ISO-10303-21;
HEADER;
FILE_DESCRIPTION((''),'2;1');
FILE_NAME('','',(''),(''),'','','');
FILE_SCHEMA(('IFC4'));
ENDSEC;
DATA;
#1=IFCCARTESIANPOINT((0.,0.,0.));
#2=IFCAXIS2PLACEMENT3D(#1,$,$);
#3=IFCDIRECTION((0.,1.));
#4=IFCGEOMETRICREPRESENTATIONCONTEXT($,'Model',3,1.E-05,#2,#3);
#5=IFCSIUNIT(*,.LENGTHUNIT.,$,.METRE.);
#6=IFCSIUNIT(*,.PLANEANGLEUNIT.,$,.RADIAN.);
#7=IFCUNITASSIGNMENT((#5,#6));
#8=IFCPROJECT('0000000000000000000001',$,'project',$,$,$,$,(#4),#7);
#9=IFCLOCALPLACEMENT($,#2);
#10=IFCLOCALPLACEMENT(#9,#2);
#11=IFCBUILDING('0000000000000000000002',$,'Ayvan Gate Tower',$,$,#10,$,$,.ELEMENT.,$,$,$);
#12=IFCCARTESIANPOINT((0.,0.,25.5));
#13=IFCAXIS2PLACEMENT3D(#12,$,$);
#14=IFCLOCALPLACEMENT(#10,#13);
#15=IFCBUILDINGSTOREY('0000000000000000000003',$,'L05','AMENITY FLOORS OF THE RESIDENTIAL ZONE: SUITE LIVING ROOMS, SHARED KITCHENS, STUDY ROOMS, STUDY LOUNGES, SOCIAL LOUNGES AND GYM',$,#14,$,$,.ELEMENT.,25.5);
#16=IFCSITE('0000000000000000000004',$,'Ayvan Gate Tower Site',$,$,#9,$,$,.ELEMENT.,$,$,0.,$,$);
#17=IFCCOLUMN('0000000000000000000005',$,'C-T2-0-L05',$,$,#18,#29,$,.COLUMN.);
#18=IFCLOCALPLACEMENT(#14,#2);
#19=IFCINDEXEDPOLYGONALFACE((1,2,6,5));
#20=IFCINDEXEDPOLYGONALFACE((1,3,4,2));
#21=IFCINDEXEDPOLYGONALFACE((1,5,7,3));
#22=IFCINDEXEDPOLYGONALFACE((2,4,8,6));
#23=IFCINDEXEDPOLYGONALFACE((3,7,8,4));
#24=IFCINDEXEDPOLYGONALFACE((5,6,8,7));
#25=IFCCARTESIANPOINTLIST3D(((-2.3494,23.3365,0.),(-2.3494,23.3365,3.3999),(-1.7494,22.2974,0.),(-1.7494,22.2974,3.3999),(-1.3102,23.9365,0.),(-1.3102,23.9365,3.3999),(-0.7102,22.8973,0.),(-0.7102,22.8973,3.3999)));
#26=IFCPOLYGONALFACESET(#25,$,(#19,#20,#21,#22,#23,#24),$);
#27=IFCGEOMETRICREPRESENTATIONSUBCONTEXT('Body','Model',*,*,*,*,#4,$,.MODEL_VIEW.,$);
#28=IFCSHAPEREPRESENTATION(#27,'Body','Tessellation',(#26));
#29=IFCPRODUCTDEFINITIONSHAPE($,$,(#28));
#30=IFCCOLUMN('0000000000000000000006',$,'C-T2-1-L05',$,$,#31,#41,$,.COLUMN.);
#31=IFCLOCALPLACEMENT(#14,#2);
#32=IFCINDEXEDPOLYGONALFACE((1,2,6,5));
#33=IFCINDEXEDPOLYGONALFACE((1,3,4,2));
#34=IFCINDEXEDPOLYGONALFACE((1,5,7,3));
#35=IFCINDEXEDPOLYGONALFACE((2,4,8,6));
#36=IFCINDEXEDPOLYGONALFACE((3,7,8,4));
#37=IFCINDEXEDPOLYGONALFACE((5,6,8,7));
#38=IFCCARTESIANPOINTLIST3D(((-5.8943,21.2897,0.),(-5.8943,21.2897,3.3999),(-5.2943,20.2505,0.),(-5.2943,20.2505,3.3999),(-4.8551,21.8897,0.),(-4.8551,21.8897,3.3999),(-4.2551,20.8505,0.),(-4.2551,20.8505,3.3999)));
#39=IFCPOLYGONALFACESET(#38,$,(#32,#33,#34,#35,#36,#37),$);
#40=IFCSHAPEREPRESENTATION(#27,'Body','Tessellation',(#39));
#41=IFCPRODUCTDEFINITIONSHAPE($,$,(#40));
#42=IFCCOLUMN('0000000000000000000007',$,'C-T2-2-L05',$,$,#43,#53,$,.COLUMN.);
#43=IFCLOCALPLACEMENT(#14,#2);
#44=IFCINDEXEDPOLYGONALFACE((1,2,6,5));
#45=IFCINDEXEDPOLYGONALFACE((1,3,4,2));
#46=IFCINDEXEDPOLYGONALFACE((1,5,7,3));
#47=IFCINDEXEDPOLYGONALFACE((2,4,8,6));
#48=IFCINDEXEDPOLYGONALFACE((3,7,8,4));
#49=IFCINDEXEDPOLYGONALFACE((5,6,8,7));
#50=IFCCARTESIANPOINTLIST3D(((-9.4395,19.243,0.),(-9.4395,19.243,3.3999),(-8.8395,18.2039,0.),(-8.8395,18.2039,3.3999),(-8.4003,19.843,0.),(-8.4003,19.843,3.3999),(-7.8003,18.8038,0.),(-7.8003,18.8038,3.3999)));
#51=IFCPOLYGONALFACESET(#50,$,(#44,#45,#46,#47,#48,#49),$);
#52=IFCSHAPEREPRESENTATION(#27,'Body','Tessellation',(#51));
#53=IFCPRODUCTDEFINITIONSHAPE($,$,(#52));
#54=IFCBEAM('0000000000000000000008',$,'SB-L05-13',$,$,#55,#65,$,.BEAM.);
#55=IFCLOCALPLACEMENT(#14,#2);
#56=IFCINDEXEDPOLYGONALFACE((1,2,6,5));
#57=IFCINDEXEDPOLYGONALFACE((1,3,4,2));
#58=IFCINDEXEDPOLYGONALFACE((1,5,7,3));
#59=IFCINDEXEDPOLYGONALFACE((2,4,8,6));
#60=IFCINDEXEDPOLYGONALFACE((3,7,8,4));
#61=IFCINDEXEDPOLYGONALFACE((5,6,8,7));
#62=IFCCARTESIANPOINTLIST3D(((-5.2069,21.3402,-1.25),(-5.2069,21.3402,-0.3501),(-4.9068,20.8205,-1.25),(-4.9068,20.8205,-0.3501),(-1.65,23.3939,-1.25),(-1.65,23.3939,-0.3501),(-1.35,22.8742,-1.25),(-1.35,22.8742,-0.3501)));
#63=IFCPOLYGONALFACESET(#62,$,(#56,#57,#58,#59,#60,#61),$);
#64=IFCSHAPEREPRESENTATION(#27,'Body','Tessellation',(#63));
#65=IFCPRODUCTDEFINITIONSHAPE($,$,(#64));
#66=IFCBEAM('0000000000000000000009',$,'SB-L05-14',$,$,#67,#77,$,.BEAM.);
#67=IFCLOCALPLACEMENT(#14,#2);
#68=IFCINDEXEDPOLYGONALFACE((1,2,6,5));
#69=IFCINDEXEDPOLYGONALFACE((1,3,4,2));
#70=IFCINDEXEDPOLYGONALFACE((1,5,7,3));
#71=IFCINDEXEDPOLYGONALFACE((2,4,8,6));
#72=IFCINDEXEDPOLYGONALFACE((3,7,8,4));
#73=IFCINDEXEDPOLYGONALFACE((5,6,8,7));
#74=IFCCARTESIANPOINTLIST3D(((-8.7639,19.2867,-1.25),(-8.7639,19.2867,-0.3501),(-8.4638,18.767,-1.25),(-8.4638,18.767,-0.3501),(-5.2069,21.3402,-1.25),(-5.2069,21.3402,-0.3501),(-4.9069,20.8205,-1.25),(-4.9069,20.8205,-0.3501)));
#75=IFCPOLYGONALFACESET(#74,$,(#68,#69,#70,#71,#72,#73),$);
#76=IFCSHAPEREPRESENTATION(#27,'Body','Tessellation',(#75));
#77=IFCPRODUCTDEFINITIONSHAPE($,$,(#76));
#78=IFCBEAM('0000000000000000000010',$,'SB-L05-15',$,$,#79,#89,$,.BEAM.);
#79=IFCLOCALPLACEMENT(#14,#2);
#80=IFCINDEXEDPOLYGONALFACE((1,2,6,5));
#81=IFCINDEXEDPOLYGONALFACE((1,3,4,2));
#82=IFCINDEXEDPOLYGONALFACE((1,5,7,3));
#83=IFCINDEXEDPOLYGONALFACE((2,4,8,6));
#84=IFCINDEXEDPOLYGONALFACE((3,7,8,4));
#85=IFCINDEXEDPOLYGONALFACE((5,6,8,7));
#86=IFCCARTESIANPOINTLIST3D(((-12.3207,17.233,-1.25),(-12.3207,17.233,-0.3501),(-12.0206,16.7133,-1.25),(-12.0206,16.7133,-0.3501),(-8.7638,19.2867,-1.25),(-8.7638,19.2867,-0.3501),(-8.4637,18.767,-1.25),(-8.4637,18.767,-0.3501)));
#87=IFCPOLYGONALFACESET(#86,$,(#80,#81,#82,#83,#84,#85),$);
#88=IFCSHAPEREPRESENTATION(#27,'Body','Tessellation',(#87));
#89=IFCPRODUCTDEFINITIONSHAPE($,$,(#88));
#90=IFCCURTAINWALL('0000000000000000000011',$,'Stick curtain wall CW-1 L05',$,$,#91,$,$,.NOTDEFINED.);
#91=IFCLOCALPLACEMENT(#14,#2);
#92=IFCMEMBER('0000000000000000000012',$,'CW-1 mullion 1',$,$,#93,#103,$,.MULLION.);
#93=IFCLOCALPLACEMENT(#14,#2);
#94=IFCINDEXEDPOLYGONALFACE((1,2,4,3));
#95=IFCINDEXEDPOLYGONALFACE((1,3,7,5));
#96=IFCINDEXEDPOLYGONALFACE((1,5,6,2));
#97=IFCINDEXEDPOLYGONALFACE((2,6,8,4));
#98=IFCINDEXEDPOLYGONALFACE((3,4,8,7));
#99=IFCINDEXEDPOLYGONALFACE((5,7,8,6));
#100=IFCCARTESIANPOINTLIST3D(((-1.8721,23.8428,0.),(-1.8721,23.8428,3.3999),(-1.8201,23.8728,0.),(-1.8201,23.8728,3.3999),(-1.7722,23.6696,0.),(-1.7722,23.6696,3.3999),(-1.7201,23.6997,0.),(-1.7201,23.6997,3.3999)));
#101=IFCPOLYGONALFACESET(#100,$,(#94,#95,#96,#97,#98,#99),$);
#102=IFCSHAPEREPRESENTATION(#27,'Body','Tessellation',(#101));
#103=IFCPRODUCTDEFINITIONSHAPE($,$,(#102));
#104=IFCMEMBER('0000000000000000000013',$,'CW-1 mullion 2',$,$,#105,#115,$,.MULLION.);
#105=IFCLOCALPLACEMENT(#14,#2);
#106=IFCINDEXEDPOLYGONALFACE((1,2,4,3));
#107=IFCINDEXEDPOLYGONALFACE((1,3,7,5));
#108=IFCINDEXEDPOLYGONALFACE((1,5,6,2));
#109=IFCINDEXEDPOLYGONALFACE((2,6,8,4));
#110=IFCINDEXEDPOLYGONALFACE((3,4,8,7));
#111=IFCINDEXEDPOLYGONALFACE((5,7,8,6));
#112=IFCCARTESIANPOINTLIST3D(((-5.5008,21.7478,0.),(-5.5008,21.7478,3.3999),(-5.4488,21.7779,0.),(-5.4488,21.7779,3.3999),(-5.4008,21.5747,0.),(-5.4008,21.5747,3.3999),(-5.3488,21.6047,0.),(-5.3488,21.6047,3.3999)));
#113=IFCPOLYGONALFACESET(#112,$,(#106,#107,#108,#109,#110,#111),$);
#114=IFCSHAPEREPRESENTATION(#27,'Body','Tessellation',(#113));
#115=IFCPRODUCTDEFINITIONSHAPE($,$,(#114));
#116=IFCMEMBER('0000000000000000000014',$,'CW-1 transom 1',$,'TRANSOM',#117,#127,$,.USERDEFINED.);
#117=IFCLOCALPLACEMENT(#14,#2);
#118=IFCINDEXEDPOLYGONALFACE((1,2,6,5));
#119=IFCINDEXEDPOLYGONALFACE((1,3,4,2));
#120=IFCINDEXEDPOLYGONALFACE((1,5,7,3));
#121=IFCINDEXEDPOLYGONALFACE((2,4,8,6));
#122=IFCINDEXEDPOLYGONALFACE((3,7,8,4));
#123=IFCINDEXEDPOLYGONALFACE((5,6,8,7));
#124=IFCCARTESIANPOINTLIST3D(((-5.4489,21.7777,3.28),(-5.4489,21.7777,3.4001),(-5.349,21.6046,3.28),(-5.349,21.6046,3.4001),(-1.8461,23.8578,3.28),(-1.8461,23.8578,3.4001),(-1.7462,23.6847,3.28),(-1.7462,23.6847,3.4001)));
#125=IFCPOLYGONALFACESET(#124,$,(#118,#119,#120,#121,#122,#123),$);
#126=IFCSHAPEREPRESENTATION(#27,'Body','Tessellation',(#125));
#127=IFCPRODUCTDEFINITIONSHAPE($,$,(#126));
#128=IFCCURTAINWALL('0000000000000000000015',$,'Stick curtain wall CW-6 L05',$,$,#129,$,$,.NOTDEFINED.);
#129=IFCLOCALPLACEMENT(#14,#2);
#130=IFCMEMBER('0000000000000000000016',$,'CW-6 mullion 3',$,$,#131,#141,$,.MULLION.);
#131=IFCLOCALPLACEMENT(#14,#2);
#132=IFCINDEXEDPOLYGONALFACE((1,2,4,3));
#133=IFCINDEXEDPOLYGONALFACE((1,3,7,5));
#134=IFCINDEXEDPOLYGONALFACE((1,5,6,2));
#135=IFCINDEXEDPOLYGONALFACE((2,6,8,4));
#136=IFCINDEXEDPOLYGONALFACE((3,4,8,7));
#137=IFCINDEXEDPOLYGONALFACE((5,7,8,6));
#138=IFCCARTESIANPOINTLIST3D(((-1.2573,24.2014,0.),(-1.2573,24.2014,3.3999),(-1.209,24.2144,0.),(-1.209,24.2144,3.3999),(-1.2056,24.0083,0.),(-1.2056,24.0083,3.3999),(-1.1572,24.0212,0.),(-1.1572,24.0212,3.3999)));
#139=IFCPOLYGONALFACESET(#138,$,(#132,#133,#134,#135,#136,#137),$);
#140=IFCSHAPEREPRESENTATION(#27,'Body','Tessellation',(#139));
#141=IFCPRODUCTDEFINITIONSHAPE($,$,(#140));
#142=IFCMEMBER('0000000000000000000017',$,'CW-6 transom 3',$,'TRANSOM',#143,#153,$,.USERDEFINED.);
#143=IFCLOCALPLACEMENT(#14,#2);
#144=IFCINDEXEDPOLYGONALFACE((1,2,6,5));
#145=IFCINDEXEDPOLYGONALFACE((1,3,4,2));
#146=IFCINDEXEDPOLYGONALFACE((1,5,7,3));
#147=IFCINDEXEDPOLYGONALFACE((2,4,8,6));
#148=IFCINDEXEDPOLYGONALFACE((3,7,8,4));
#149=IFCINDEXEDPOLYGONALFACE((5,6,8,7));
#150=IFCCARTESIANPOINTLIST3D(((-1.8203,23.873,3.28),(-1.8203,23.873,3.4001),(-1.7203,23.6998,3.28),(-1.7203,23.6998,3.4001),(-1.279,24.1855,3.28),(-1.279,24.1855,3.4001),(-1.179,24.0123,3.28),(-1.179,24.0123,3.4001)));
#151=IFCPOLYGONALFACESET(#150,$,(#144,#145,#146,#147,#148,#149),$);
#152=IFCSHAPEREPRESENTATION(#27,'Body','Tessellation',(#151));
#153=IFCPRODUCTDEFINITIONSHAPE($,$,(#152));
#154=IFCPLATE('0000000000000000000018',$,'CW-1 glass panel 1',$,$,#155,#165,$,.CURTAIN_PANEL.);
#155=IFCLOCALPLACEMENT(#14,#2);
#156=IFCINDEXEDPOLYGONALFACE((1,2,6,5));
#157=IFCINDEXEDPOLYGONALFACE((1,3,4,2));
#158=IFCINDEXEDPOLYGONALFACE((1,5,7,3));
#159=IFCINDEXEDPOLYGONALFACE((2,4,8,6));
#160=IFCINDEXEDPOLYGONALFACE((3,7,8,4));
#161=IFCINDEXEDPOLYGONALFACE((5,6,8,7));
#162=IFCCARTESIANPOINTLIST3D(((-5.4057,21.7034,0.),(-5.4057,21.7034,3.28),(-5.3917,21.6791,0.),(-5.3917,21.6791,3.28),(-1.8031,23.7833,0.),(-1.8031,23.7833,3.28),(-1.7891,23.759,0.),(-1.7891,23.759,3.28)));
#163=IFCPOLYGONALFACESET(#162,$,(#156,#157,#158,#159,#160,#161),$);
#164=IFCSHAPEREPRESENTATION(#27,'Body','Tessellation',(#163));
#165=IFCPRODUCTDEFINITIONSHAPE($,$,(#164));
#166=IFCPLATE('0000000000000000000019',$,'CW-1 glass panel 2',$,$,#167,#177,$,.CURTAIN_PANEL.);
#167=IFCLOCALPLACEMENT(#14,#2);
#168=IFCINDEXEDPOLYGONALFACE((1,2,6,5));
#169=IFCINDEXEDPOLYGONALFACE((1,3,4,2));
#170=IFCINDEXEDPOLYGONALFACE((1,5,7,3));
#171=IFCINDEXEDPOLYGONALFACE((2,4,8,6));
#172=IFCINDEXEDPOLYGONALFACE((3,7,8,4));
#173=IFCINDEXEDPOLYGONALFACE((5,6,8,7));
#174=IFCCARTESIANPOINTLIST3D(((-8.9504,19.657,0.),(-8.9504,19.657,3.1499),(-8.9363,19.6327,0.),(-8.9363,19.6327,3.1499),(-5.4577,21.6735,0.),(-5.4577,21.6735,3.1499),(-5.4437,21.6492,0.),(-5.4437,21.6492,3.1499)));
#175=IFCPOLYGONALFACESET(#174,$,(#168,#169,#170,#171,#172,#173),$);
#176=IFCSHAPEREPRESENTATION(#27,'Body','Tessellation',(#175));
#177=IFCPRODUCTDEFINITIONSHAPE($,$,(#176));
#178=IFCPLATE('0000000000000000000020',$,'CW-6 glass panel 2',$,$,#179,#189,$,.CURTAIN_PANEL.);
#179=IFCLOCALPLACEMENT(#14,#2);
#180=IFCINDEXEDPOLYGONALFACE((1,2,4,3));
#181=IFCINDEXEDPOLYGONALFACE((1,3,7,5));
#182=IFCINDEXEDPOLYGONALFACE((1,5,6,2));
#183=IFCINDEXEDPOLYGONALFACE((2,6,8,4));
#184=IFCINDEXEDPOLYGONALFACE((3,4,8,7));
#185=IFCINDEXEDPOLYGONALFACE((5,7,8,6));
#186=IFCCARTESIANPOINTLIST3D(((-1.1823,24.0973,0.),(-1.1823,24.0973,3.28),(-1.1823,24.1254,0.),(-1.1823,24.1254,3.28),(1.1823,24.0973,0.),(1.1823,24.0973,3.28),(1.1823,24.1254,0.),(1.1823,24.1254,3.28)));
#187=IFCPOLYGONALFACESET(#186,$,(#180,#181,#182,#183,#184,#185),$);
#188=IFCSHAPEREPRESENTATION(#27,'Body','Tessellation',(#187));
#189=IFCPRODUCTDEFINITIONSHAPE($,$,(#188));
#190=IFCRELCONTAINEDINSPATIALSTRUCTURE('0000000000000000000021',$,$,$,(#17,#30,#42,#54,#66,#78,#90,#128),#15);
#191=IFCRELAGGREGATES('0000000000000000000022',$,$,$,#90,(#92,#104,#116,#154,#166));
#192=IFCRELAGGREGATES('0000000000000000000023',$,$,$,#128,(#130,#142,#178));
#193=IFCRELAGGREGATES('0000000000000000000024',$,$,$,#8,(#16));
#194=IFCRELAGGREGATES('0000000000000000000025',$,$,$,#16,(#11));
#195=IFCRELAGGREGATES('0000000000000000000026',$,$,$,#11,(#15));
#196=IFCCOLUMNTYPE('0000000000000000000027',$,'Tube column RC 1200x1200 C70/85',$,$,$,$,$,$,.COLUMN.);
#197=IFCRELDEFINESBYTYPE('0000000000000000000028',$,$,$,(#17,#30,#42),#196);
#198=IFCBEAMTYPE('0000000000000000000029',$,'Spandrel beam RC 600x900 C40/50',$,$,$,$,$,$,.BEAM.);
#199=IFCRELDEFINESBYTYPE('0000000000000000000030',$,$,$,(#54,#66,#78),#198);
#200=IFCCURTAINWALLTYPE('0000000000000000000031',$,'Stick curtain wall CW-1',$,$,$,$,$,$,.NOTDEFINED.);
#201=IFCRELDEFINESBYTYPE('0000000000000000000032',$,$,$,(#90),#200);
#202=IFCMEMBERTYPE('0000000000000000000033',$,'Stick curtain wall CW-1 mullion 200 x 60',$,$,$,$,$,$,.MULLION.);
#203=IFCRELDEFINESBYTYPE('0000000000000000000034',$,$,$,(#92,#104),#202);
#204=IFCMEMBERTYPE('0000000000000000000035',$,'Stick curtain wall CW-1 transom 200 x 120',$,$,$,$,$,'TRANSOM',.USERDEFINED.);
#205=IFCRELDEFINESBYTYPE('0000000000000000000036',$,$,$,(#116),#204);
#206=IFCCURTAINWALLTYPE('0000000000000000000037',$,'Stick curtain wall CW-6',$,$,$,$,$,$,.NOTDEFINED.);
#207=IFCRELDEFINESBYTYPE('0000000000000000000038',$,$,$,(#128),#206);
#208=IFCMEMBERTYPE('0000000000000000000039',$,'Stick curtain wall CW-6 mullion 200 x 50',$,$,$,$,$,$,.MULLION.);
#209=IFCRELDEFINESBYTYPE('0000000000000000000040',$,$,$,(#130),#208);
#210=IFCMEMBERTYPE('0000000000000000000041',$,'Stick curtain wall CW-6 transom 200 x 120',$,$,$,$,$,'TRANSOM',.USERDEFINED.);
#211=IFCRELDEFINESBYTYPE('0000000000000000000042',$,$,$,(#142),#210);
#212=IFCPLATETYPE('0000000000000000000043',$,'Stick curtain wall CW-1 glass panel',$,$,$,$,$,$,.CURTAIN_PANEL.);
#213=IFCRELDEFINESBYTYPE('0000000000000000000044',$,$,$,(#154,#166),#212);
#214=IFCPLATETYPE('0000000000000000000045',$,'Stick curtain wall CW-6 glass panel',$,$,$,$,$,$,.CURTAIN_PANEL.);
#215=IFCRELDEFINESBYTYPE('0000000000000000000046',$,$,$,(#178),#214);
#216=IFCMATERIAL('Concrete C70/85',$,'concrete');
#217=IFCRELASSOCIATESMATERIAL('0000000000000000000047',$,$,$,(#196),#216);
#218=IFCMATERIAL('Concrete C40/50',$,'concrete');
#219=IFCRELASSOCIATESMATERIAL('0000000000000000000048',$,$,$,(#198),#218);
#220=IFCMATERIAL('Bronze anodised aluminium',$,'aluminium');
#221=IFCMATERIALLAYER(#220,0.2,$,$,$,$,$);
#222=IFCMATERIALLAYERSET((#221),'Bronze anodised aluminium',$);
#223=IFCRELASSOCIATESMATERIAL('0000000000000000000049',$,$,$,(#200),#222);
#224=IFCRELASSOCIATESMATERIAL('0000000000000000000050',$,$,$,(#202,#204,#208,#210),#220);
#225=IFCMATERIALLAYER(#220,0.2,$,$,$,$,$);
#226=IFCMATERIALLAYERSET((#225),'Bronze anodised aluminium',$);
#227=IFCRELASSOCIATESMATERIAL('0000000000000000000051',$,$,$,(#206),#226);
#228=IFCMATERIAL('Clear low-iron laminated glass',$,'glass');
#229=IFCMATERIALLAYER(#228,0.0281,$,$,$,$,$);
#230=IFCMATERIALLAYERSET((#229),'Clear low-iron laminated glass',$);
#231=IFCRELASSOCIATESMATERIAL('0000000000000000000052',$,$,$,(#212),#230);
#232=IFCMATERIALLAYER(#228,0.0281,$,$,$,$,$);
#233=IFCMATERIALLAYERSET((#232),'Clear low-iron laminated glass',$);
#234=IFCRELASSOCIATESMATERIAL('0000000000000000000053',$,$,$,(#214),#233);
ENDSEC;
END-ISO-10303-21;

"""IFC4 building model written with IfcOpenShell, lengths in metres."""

from ifc_helpers import new_model, si_unit, direction, frame, origin, origin_2d, place, context, subcontext, project, spatial, rectangle, extrude, material, layer, layer_set, material_profile, profile_set, type_object, element, aggregate, save


model = new_model("IFC4")

# Units and contexts
model_context = context("Model", 3, precision=1e-05, world=origin(), true_north=direction((0.0, 1.0)))
body_context = subcontext(model_context, "Body", "Model", "MODEL_VIEW")
ifc_project = project(units=[si_unit("LENGTHUNIT", "METRE"), si_unit("PLANEANGLEUNIT", "RADIAN")], contexts=[model_context])

# Site, building, storey
site_placement = place(None, origin())
site = spatial("IfcSite", under=ifc_project, at=site_placement, Name="Ayvan Gate Tower Site", CompositionType="ELEMENT", RefElevation=0.0)
building_placement = place(site_placement, origin())
building = spatial("IfcBuilding", under=site, at=building_placement, Name="Ayvan Gate Tower", CompositionType="ELEMENT")
storey_placement = place(building_placement, frame((0.0, 0.0, 25.5)))
storey = spatial("IfcBuildingStorey", under=building, at=storey_placement, Name="L05", Description="AMENITY FLOORS OF THE RESIDENTIAL ZONE: SUITE LIVING ROOMS, SHARED KITCHENS, STUDY ROOMS, STUDY LOUNGES, SOCIAL LOUNGES AND GYM", CompositionType="ELEMENT", Elevation=25.5)

# Columns
ifc_material_1 = material(Name="Concrete C70/85", Category="concrete")
ifc_material_profile_1 = material_profile(ifc_material_1, rectangle(XDim=1.2, YDim=1.2, at=origin_2d()), Name="RC 1200x1200")
ifc_profile_set_1 = profile_set([ifc_material_profile_1], Name="Concrete C70/85")
column_type = type_object("IfcColumnType", Name="Tube column RC 1200x1200 C70/85", PredefinedType="COLUMN", material=ifc_profile_set_1)
for number, where, z_axis, x_axis, name in (
    (1, (-1.5298, 23.1169, 0.0), (0.0, 0.0, 1.0), (-0.5, 0.866025, 0.0), "C-T2-0-L05"),
    (2, (-5.0747, 21.0701, 0.0), (0.0, 0.0, 1.0), (-0.5, 0.866025, 0.0), "C-T2-1-L05"),
    (3, (-8.6199, 19.0234, 0.0), (0.0, 0.0, 1.0), (-0.5, 0.866025, 0.0), "C-T2-2-L05"),
):
    element("IfcColumn", number, at=place(storey_placement, frame(where, z_axis=z_axis, x_axis=x_axis)), inside=storey, type_object=column_type, Name=name, PredefinedType="COLUMN", context=body_context, shape_type="SweptSolid", body=[
        extrude(rectangle(XDim=1.2, YDim=1.2, at=origin_2d()), origin(), (0.0, 0.0, 1.0), 3.3999),
    ])

# Beams
ifc_material_2 = material(Name="Concrete C40/50", Category="concrete")
ifc_material_profile_2 = material_profile(ifc_material_2, rectangle(XDim=0.6001, YDim=0.8999, at=origin_2d()), Name="RC 600x900")
ifc_profile_set_2 = profile_set([ifc_material_profile_2], Name="Concrete C40/50")
beam_type = type_object("IfcBeamType", Name="Spandrel beam RC 600x900 C40/50", PredefinedType="BEAM", material=ifc_profile_set_2)
for number, where, z_axis, x_axis, name in (
    (4, (-1.5, 23.134, -0.8), (-0.86601, -0.500026, 0.0), (0.500026, -0.86601, 0.0), "SB-L05-13"),
    (5, (-5.0569, 21.0803, -0.8), (-0.866036, -0.499981, 0.0), (0.499981, -0.866036, 0.0), "SB-L05-14"),
    (6, (-8.6138, 19.0269, -0.8), (-0.86601, -0.500026, 0.0), (0.500026, -0.86601, 0.0), "SB-L05-15"),
):
    element("IfcBeam", number, at=place(storey_placement, frame(where, z_axis=z_axis, x_axis=x_axis)), inside=storey, type_object=beam_type, Name=name, PredefinedType="BEAM", context=body_context, shape_type="SweptSolid", body=[
        extrude(rectangle(XDim=0.6001, YDim=0.8999, at=origin_2d()), origin(), (0.0, 0.0, 1.0), 4.1072),
    ])

# Curtain walls, members
ifc_material_3 = material(Name="Bronze anodised aluminium", Category="aluminium")
ifc_layer_1 = layer(ifc_material_3, 0.2)
ifc_layer_set_1 = layer_set([ifc_layer_1], Name="Bronze anodised aluminium")
curtain_wall_type_1 = type_object("IfcCurtainWallType", Name="Stick curtain wall CW-1", PredefinedType="NOTDEFINED", material=ifc_layer_set_1)
curtain_wall_1_placement = place(storey_placement, origin())
curtain_wall_1 = element("IfcCurtainWall", 7, at=curtain_wall_1_placement, inside=storey, type_object=curtain_wall_type_1, Name="Stick curtain wall CW-1 L05", PredefinedType="NOTDEFINED")
ifc_material_profile_3 = material_profile(ifc_material_3, rectangle(XDim=0.2, YDim=0.0601, at=origin_2d()), Name="Stick curtain wall CW-1 mullion 200 x 60")
ifc_profile_set_3 = profile_set([ifc_material_profile_3], Name="Bronze anodised aluminium")
member_type_1 = type_object("IfcMemberType", Name="Stick curtain wall CW-1 mullion 200 x 60", PredefinedType="MULLION", material=ifc_profile_set_3)
member_1_placement = place(storey_placement, frame((-1.7961, 23.7712, 0.0), z_axis=(0.0, 0.0, 1.0), x_axis=(-0.5, 0.866025, 0.0)))
member_1 = element("IfcMember", 8, at=member_1_placement, type_object=member_type_1, Name="CW-1 mullion 1", PredefinedType="MULLION", context=body_context, shape_type="SweptSolid", body=[
    extrude(rectangle(XDim=0.2, YDim=0.0601, at=origin_2d()), origin(), (0.0, 0.0, 1.0), 3.3999),
])
member_2_placement = place(storey_placement, frame((-5.4248, 21.6763, 0.0), z_axis=(0.0, 0.0, 1.0), x_axis=(-0.5, 0.866025, 0.0)))
member_2 = element("IfcMember", 9, at=member_2_placement, type_object=member_type_1, Name="CW-1 mullion 2", PredefinedType="MULLION", context=body_context, shape_type="SweptSolid", body=[
    extrude(rectangle(XDim=0.2, YDim=0.0601, at=origin_2d()), origin(), (0.0, 0.0, 1.0), 3.3999),
])
ifc_material_profile_4 = material_profile(ifc_material_3, rectangle(XDim=0.2, YDim=0.1201, at=origin_2d()), Name="Stick curtain wall CW-1 transom 200 x 120")
ifc_profile_set_4 = profile_set([ifc_material_profile_4], Name="Bronze anodised aluminium")
member_type_2 = type_object("IfcMemberType", Name="Stick curtain wall CW-1 transom 200 x 120", ElementType="TRANSOM", PredefinedType="USERDEFINED", material=ifc_profile_set_4)
member_3_placement = place(storey_placement, frame((-1.7961, 23.7712, 3.3401), z_axis=(-0.866024, -0.500002, 0.0), x_axis=(0.500002, -0.866024, 0.0)))
member_3 = element("IfcMember", 10, at=member_3_placement, type_object=member_type_2, Name="CW-1 transom 1", ObjectType="TRANSOM", PredefinedType="USERDEFINED", context=body_context, shape_type="SweptSolid", body=[
    extrude(rectangle(XDim=0.2, YDim=0.1201, at=origin_2d()), origin(), (0.0, 0.0, 1.0), 4.1602),
])
ifc_layer_2 = layer(ifc_material_3, 0.2)
ifc_layer_set_2 = layer_set([ifc_layer_2], Name="Bronze anodised aluminium")
curtain_wall_type_2 = type_object("IfcCurtainWallType", Name="Stick curtain wall CW-6", PredefinedType="NOTDEFINED", material=ifc_layer_set_2)
curtain_wall_2_placement = place(storey_placement, origin())
curtain_wall_2 = element("IfcCurtainWall", 11, at=curtain_wall_2_placement, inside=storey, type_object=curtain_wall_type_2, Name="Stick curtain wall CW-6 L05", PredefinedType="NOTDEFINED")
ifc_material_profile_5 = material_profile(ifc_material_3, rectangle(XDim=0.2, YDim=0.05, at=origin_2d()), Name="Stick curtain wall CW-6 mullion 200 x 50")
ifc_profile_set_5 = profile_set([ifc_material_profile_5], Name="Bronze anodised aluminium")
member_type_3 = type_object("IfcMemberType", Name="Stick curtain wall CW-6 mullion 200 x 50", PredefinedType="MULLION", material=ifc_profile_set_5)
member_4_placement = place(storey_placement, frame((-1.2073, 24.1113, 0.0), z_axis=(0.0, 0.0, 1.0), x_axis=(-0.258819, 0.965926, 0.0)))
member_4 = element("IfcMember", 12, at=member_4_placement, type_object=member_type_3, Name="CW-6 mullion 3", PredefinedType="MULLION", context=body_context, shape_type="SweptSolid", body=[
    extrude(rectangle(XDim=0.2, YDim=0.05, at=origin_2d()), origin(), (0.0, 0.0, 1.0), 3.3999),
])
ifc_material_profile_6 = material_profile(ifc_material_3, rectangle(XDim=0.2, YDim=0.1201, at=origin_2d()), Name="Stick curtain wall CW-6 transom 200 x 120")
ifc_profile_set_6 = profile_set([ifc_material_profile_6], Name="Bronze anodised aluminium")
member_type_4 = type_object("IfcMemberType", Name="Stick curtain wall CW-6 transom 200 x 120", ElementType="TRANSOM", PredefinedType="USERDEFINED", material=ifc_profile_set_6)
member_5_placement = place(storey_placement, frame((-1.229, 24.0989, 3.3401), z_axis=(-0.866023, -0.500004, 0.0), x_axis=(0.500004, -0.866023, 0.0)))
member_5 = element("IfcMember", 13, at=member_5_placement, type_object=member_type_4, Name="CW-6 transom 3", ObjectType="TRANSOM", PredefinedType="USERDEFINED", context=body_context, shape_type="SweptSolid", body=[
    extrude(rectangle(XDim=0.2, YDim=0.1201, at=origin_2d()), origin(), (0.0, 0.0, 1.0), 0.625),
])

# Plates
ifc_material_4 = material(Name="Clear low-iron laminated glass", Category="glass")
ifc_layer_3 = layer(ifc_material_4, 0.0281)
ifc_layer_set_3 = layer_set([ifc_layer_3], Name="Clear low-iron laminated glass")
plate_type_1 = type_object("IfcPlateType", Name="Stick curtain wall CW-1 glass panel", PredefinedType="CURTAIN_PANEL", material=ifc_layer_set_3)
plate_1_placement = place(storey_placement, frame((-3.5974, 22.7312, 0.0), z_axis=(0.0, 0.0, 1.0), x_axis=(-0.866025, -0.5, 0.0)))
plate_1 = element("IfcPlate", 14, at=plate_1_placement, type_object=plate_type_1, Name="CW-1 glass panel 1", PredefinedType="CURTAIN_PANEL", context=body_context, shape_type="SweptSolid", body=[
    extrude(rectangle(XDim=4.1599, YDim=0.0281, at=origin_2d()), origin(), (0.0, 0.0, 1.0), 3.28),
])
plate_2_placement = place(storey_placement, frame((-7.197, 20.6531, 0.0), z_axis=(0.0, 0.0, 1.0), x_axis=(-0.866025, -0.5, 0.0)))
plate_2 = element("IfcPlate", 15, at=plate_2_placement, type_object=plate_type_1, Name="CW-1 glass panel 2", PredefinedType="CURTAIN_PANEL", context=body_context, shape_type="SweptSolid", body=[
    extrude(rectangle(XDim=4.033, YDim=0.0281, at=origin_2d()), origin(), (0.0, 0.0, 1.0), 3.1499),
])
aggregate(curtain_wall_1, [member_1, member_2, member_3, plate_1, plate_2])
ifc_layer_4 = layer(ifc_material_4, 0.0281)
ifc_layer_set_4 = layer_set([ifc_layer_4], Name="Clear low-iron laminated glass")
plate_type_2 = type_object("IfcPlateType", Name="Stick curtain wall CW-6 glass panel", PredefinedType="CURTAIN_PANEL", material=ifc_layer_set_4)
plate_3_placement = place(storey_placement, frame((0.0, 24.1113, 0.0), z_axis=(0.0, 0.0, 1.0), x_axis=(-1.0, 0.0, 0.0)))
plate_3 = element("IfcPlate", 16, at=plate_3_placement, type_object=plate_type_2, Name="CW-6 glass panel 2", PredefinedType="CURTAIN_PANEL", context=body_context, shape_type="SweptSolid", body=[
    extrude(rectangle(XDim=2.3645, YDim=0.0281, at=origin_2d()), origin(), (0.0, 0.0, 1.0), 3.28),
])
aggregate(curtain_wall_2, [member_4, member_5, plate_3])

save(model, "model.ifc")
